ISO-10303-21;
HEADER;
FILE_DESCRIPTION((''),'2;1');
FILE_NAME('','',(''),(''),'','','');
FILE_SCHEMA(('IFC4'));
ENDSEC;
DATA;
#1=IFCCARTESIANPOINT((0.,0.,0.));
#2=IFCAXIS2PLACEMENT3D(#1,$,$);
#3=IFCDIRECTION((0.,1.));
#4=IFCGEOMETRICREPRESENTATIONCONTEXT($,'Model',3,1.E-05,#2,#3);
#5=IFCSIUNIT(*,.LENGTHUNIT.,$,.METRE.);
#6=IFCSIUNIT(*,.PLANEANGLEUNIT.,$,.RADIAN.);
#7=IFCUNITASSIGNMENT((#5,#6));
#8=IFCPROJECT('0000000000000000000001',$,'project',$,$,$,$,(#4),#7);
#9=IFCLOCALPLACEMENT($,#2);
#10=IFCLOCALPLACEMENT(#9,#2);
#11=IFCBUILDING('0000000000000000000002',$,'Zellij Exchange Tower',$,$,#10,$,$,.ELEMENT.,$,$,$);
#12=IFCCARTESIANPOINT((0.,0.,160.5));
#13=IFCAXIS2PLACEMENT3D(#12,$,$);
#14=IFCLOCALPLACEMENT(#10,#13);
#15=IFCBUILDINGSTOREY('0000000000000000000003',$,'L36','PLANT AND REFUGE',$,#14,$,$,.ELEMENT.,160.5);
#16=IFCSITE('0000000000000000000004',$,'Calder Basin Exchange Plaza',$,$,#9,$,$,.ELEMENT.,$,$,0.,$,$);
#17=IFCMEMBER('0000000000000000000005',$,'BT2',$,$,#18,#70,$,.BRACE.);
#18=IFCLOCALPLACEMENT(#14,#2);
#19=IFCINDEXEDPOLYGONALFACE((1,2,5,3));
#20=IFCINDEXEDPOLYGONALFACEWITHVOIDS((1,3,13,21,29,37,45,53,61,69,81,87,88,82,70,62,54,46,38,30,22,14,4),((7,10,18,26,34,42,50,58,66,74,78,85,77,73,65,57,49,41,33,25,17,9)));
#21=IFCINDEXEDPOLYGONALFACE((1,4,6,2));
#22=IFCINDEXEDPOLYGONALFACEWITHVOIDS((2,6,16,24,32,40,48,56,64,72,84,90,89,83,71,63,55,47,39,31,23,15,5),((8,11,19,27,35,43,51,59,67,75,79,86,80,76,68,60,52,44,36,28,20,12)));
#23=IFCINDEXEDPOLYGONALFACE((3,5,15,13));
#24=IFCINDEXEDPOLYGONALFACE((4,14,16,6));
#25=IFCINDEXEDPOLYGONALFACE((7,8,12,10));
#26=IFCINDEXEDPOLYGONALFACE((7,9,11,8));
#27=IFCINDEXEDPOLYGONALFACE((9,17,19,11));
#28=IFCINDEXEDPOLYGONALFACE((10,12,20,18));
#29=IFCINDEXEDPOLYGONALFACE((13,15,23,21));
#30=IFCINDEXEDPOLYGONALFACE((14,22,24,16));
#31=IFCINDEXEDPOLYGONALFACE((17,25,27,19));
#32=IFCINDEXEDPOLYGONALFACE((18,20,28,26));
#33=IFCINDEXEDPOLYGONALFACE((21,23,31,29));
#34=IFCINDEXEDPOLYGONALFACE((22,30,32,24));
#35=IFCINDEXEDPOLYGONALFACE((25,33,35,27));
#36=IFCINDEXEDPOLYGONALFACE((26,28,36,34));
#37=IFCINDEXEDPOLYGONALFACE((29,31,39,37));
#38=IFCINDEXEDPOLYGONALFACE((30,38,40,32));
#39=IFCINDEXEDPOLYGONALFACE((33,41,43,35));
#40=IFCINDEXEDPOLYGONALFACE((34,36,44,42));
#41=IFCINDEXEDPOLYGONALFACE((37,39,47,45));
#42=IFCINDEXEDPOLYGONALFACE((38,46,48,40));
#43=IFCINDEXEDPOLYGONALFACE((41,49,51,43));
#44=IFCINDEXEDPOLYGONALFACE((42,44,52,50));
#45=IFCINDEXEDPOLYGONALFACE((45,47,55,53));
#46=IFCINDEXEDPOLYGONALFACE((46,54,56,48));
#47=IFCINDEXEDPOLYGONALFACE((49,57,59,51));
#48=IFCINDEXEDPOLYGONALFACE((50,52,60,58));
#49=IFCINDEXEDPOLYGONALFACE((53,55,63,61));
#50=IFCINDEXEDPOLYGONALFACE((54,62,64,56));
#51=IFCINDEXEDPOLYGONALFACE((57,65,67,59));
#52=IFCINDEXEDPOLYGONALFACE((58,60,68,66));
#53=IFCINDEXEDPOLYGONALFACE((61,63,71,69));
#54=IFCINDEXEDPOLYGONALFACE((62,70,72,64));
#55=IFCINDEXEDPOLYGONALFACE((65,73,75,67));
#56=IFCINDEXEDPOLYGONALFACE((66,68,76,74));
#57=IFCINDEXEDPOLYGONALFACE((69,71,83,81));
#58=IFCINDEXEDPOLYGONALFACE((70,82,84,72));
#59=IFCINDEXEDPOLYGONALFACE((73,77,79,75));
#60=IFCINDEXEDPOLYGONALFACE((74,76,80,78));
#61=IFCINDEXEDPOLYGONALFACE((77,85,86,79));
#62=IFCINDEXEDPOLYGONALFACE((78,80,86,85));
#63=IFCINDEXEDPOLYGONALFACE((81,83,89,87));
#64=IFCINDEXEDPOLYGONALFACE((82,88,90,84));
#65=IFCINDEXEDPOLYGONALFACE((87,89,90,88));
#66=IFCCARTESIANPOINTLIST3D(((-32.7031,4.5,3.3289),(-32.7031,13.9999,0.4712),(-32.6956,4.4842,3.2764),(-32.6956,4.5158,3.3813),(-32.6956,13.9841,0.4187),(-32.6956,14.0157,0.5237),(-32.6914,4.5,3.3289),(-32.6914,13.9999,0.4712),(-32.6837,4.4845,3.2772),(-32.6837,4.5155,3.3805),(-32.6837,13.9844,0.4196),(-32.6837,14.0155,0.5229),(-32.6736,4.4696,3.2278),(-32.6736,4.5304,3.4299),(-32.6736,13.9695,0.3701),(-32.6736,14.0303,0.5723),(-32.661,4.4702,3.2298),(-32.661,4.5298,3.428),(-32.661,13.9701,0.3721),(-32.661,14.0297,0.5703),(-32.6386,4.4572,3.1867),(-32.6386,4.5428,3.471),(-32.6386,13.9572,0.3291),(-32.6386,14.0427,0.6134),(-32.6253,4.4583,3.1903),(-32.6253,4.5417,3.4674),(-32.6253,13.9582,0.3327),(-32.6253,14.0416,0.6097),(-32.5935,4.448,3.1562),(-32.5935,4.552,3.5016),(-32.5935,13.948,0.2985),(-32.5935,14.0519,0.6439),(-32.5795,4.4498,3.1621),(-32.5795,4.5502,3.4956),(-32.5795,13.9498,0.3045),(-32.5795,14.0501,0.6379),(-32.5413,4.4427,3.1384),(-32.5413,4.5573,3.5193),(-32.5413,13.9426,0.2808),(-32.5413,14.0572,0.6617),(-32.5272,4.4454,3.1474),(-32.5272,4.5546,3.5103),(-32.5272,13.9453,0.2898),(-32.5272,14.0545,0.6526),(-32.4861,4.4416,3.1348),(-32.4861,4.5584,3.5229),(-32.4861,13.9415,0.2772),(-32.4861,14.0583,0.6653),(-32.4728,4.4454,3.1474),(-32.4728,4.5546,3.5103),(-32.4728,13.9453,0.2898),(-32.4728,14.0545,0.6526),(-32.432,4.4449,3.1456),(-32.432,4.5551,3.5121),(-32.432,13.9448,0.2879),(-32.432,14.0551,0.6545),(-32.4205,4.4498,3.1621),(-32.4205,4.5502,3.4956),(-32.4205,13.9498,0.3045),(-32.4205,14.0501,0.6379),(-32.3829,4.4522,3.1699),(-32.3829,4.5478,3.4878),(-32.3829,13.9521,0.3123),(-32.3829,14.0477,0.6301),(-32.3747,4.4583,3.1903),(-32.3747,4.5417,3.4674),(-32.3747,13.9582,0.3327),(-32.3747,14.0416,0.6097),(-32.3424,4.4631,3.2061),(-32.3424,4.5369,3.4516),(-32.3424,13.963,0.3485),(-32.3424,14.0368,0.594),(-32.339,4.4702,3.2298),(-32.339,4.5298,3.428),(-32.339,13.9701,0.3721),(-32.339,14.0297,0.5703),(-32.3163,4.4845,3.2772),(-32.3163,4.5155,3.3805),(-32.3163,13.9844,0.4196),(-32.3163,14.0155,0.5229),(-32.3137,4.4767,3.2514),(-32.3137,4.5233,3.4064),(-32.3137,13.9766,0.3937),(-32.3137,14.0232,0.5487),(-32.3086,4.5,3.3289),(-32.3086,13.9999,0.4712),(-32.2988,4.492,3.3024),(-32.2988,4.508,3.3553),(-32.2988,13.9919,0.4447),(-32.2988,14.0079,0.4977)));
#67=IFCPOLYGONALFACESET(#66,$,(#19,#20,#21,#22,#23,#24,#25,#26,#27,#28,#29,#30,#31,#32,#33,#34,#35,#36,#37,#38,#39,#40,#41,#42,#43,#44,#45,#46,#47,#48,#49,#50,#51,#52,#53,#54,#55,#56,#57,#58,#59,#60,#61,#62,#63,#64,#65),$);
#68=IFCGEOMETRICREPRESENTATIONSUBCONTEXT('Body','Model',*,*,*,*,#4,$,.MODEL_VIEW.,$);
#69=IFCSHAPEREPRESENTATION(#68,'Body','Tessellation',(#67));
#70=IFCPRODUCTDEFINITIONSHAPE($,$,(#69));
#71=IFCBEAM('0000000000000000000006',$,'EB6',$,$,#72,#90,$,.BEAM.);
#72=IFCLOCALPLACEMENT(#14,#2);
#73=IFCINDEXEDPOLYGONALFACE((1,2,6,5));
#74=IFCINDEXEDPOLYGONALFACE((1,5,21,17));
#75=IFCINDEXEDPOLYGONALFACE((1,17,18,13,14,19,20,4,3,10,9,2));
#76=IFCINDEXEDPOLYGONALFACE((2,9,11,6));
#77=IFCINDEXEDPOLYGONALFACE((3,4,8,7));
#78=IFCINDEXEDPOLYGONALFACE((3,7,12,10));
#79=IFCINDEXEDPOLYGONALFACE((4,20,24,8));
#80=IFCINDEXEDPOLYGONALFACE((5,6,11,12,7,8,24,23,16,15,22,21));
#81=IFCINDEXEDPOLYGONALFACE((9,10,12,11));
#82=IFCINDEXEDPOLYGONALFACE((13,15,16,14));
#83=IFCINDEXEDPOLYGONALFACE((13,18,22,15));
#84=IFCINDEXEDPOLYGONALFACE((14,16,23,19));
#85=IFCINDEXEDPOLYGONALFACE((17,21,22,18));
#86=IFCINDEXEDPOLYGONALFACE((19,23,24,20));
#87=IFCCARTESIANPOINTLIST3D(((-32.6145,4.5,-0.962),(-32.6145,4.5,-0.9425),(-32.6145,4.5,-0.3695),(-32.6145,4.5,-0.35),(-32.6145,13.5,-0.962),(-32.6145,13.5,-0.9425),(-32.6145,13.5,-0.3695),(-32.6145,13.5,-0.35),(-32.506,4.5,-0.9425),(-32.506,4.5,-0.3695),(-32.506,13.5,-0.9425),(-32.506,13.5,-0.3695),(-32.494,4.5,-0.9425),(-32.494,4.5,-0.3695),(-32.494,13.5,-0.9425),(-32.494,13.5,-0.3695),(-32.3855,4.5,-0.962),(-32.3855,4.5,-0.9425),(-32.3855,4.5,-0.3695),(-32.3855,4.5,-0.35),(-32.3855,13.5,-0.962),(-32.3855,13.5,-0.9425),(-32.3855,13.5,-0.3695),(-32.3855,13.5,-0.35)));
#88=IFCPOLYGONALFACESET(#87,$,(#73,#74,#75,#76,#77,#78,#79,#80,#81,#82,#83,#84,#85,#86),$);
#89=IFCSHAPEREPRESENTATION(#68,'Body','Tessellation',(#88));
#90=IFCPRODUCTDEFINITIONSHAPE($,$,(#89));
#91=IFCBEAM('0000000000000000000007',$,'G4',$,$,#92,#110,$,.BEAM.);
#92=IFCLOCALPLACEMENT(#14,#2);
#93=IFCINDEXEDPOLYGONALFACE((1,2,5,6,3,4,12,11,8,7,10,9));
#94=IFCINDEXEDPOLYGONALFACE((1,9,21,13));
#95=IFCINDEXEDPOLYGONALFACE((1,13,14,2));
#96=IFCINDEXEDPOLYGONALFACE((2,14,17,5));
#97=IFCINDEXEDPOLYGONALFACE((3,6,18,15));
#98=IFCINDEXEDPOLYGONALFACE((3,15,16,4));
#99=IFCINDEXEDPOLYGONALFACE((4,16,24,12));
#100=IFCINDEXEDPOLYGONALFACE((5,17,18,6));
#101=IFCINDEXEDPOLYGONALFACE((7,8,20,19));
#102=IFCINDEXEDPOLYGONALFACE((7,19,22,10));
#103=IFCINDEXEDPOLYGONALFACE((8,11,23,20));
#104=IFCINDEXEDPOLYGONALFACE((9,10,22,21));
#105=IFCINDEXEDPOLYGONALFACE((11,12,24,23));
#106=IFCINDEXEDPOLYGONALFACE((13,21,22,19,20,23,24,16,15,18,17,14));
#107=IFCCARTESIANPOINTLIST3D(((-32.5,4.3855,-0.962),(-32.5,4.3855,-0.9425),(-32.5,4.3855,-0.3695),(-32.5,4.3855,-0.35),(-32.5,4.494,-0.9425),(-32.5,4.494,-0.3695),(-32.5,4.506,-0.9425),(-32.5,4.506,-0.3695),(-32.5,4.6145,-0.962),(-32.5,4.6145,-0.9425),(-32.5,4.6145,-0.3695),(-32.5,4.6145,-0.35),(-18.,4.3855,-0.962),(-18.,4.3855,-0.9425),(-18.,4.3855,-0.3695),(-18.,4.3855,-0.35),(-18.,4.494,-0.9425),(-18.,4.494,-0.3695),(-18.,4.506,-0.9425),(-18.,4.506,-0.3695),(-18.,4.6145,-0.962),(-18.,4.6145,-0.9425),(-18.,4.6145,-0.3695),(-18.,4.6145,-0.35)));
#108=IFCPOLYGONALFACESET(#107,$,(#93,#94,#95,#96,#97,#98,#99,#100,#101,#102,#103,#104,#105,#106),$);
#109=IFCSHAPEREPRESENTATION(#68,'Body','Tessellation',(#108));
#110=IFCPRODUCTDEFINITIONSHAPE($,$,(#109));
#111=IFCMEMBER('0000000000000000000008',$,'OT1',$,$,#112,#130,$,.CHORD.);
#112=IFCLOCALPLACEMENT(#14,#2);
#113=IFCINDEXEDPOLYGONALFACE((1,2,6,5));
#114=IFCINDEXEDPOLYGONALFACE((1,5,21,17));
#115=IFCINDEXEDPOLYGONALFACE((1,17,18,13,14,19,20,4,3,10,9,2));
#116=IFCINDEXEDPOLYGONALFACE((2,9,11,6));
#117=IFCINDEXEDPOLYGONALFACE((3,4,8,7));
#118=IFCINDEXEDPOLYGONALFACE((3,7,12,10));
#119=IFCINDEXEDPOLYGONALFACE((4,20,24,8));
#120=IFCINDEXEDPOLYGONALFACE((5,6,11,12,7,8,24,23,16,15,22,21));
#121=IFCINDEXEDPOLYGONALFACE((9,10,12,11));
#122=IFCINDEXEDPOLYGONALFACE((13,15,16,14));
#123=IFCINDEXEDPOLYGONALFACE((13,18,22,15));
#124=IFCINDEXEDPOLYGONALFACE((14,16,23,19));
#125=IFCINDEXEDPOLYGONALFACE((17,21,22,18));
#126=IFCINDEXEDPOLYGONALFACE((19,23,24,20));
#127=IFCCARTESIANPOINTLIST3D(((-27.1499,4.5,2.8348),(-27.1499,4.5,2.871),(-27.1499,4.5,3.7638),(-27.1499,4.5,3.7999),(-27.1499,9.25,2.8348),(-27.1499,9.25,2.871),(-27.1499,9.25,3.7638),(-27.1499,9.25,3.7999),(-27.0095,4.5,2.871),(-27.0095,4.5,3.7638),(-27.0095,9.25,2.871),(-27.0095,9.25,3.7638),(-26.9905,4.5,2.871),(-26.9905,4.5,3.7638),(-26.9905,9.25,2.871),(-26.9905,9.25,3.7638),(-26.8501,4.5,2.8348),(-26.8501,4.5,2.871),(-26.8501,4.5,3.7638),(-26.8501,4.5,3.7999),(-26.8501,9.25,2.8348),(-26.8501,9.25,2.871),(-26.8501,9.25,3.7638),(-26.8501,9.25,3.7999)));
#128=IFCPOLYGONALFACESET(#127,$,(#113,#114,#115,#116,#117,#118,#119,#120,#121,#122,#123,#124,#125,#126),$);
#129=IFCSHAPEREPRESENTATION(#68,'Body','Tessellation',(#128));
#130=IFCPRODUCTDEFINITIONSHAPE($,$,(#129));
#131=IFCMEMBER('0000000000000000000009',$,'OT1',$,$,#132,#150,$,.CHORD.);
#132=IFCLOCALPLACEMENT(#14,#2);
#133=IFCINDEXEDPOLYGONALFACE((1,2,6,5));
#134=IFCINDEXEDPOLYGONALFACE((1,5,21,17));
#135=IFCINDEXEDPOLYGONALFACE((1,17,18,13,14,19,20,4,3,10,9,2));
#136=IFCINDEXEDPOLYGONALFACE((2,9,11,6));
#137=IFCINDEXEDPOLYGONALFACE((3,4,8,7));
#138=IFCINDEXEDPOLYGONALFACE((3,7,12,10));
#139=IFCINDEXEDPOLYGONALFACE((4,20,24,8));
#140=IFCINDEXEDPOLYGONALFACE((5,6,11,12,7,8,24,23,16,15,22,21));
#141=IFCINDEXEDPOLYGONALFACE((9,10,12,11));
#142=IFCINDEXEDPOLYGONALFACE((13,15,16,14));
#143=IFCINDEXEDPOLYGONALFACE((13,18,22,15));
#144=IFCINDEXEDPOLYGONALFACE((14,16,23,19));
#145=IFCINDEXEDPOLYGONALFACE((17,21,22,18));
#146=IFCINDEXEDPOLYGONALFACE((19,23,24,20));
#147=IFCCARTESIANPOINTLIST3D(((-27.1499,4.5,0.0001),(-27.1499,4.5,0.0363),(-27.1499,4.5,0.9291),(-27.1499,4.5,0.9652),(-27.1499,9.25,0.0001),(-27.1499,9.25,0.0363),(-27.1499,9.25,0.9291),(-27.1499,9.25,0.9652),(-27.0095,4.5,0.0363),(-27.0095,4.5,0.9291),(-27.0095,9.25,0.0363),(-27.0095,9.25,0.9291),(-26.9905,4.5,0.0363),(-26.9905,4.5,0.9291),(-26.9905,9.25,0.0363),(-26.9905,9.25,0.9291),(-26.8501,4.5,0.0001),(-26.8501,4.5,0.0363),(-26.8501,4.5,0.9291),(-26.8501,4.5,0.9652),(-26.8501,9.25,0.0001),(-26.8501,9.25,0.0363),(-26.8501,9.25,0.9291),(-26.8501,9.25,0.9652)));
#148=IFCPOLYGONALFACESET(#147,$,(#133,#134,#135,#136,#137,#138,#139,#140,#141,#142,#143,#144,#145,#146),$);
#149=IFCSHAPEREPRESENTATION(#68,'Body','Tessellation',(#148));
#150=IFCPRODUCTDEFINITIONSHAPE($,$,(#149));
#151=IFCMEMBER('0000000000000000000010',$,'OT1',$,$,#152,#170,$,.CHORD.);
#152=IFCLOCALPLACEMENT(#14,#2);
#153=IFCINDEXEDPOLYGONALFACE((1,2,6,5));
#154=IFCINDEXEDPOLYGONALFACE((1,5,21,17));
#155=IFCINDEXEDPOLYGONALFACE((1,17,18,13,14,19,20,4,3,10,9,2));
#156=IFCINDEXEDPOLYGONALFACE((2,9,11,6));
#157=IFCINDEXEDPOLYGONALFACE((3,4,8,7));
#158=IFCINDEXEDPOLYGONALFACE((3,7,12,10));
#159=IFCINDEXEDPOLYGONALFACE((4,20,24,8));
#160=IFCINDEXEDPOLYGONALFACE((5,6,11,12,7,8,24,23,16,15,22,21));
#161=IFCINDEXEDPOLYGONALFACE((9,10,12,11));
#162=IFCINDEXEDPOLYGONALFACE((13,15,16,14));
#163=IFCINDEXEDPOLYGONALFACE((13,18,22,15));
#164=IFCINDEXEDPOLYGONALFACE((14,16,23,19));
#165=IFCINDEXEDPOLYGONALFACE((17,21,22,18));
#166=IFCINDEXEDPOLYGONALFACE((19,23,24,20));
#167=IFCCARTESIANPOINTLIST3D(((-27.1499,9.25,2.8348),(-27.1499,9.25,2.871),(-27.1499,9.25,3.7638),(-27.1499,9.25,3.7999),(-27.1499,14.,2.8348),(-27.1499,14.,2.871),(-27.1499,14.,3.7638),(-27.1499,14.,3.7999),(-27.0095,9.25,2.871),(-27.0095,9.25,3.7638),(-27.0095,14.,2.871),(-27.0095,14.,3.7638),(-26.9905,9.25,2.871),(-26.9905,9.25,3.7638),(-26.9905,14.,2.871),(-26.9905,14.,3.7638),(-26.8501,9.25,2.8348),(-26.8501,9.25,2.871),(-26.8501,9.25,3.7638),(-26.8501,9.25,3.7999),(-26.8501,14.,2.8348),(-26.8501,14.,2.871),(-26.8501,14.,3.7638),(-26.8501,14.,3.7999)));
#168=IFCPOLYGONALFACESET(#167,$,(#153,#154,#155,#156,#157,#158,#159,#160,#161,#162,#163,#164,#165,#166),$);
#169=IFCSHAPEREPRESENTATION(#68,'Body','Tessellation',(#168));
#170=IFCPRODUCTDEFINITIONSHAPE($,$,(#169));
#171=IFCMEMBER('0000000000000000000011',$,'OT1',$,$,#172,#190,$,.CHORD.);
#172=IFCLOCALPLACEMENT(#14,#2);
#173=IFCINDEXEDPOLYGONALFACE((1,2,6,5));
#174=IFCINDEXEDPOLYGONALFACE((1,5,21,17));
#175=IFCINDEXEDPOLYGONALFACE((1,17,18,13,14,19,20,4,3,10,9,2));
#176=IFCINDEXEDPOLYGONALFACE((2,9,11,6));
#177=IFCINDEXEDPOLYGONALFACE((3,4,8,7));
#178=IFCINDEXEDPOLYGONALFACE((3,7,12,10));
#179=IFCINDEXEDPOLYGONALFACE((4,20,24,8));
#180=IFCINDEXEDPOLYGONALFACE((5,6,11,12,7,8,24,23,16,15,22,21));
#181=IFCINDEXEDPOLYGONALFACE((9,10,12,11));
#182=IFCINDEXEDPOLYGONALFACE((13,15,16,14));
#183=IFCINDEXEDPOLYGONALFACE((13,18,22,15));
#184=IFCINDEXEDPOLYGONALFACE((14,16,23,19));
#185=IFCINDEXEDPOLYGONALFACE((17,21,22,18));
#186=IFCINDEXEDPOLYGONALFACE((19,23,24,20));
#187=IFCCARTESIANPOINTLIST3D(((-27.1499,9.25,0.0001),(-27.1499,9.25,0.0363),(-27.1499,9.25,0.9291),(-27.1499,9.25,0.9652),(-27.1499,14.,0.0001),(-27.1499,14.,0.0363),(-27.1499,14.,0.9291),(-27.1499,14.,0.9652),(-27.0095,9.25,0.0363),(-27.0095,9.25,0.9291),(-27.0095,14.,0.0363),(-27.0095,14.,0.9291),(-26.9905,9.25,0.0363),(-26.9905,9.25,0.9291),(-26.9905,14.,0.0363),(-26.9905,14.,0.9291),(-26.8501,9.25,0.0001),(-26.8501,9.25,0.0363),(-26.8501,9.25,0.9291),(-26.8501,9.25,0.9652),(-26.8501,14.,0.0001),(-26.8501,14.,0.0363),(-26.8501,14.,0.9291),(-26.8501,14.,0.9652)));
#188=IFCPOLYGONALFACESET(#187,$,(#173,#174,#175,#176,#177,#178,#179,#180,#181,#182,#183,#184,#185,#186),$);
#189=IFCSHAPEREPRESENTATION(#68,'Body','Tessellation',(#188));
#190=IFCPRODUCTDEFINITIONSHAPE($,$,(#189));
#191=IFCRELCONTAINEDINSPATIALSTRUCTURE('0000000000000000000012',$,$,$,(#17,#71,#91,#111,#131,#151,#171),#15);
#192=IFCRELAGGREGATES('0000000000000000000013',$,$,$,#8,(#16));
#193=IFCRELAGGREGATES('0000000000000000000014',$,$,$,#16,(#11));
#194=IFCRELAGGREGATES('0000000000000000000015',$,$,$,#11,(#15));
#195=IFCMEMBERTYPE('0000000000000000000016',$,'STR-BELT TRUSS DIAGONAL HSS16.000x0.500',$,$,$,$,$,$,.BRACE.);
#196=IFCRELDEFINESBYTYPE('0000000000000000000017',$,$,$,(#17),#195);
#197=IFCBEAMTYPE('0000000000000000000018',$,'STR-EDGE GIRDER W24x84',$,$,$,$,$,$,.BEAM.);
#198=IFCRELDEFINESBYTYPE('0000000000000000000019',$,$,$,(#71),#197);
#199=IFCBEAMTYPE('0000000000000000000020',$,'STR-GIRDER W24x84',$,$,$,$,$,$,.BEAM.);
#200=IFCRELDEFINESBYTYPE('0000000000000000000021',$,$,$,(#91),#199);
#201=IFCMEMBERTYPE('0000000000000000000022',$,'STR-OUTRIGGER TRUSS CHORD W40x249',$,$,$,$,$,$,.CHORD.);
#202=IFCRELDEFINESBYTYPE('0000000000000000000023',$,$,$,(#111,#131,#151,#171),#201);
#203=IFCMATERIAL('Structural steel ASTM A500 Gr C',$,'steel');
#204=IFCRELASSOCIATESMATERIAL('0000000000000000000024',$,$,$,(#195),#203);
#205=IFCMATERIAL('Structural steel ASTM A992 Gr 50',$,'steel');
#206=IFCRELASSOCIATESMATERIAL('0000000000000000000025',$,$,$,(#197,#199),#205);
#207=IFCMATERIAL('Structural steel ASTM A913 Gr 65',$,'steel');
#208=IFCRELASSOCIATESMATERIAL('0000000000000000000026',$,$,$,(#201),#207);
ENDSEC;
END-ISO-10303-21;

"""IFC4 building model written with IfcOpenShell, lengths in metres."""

from ifc_helpers import new_model, si_unit, direction, frame, origin, origin_2d, place, context, subcontext, project, spatial, hollow_circle, i_section, extrude, material, material_profile, profile_set, type_object, element, save


model = new_model("IFC4")

# Units and contexts
model_context = context("Model", 3, precision=1e-05, world=origin(), true_north=direction((0.0, 1.0)))
body_context = subcontext(model_context, "Body", "Model", "MODEL_VIEW")
ifc_project = project(units=[si_unit("LENGTHUNIT", "METRE"), si_unit("PLANEANGLEUNIT", "RADIAN")], contexts=[model_context])

# Site, building, storey
site_placement = place(None, origin())
site = spatial("IfcSite", under=ifc_project, at=site_placement, Name="Calder Basin Exchange Plaza", CompositionType="ELEMENT", RefElevation=0.0)
building_placement = place(site_placement, origin())
building = spatial("IfcBuilding", under=site, at=building_placement, Name="Zellij Exchange Tower", CompositionType="ELEMENT")
storey_placement = place(building_placement, frame((0.0, 0.0, 160.5)))
storey = spatial("IfcBuildingStorey", under=building, at=storey_placement, Name="L36", Description="PLANT AND REFUGE", CompositionType="ELEMENT", Elevation=160.5)

# Shared definitions
ifc_material_1 = material(Name="Structural steel ASTM A913 Gr 65", Category="steel")

# Shared definitions
ifc_material_2 = material(Name="Structural steel ASTM A992 Gr 50", Category="steel")

# Member
ifc_material_3 = material(Name="Structural steel ASTM A500 Gr C", Category="steel")
ifc_material_profile_1 = material_profile(ifc_material_3, hollow_circle(Radius=0.2031, WallThickness=0.0117, at=origin_2d()), Name="STR-BELT TRUSS DIAGONAL HSS16.000x0.500")
ifc_profile_set_1 = profile_set([ifc_material_profile_1], Name="Structural steel ASTM A500 Gr C")
member_type_1 = type_object("IfcMemberType", Name="STR-BELT TRUSS DIAGONAL HSS16.000x0.500", PredefinedType="BRACE", material=ifc_profile_set_1)
member_1_placement = place(storey_placement, frame((-32.5, 4.5, 3.3289), z_axis=(0.0, 0.957613, -0.288057), x_axis=(-1.0, 0.0, 0.0)))
element("IfcMember", 1, at=member_1_placement, inside=storey, type_object=member_type_1, Name="BT2", PredefinedType="BRACE", context=body_context, shape_type="SweptSolid", body=[
    extrude(hollow_circle(Radius=0.2031, WallThickness=0.0117, at=origin_2d()), origin(), (0.0, 0.0, 1.0), 9.9204),
])

# Beams
ifc_material_profile_2 = material_profile(ifc_material_2, i_section(OverallWidth=0.229, OverallDepth=0.6121, WebThickness=0.012, FlangeThickness=0.0195, at=origin_2d()), Name="W24x84")
ifc_profile_set_2 = profile_set([ifc_material_profile_2], Name="Structural steel ASTM A992 Gr 50")
beam_type_1 = type_object("IfcBeamType", Name="STR-EDGE GIRDER W24x84", PredefinedType="BEAM", material=ifc_profile_set_2)
beam_1_placement = place(storey_placement, frame((-32.5, 4.5, -0.656), z_axis=(0.0, 1.0, 0.0), x_axis=(-1.0, 0.0, 0.0)))
element("IfcBeam", 2, at=beam_1_placement, inside=storey, type_object=beam_type_1, Name="EB6", PredefinedType="BEAM", context=body_context, shape_type="SweptSolid", body=[
    extrude(i_section(OverallWidth=0.229, OverallDepth=0.6121, WebThickness=0.012, FlangeThickness=0.0195, at=origin_2d()), origin(), (0.0, 0.0, 1.0), 9.0),
])
ifc_material_profile_3 = material_profile(ifc_material_2, i_section(OverallWidth=0.229, OverallDepth=0.6121, WebThickness=0.012, FlangeThickness=0.0195, at=origin_2d()), Name="W24x84")
ifc_profile_set_3 = profile_set([ifc_material_profile_3], Name="Structural steel ASTM A992 Gr 50")
beam_type_2 = type_object("IfcBeamType", Name="STR-GIRDER W24x84", PredefinedType="BEAM", material=ifc_profile_set_3)
beam_2_placement = place(storey_placement, frame((-32.5, 4.5, -0.656), z_axis=(1.0, 0.0, 0.0), x_axis=(0.0, 1.0, 0.0)))
element("IfcBeam", 3, at=beam_2_placement, inside=storey, type_object=beam_type_2, Name="G4", PredefinedType="BEAM", context=body_context, shape_type="SweptSolid", body=[
    extrude(i_section(OverallWidth=0.229, OverallDepth=0.6121, WebThickness=0.012, FlangeThickness=0.0195, at=origin_2d()), origin(), (0.0, 0.0, 1.0), 14.5),
])

# Members
ifc_material_profile_4 = material_profile(ifc_material_1, i_section(OverallWidth=0.2998, OverallDepth=0.9651, WebThickness=0.019, FlangeThickness=0.0361, at=origin_2d()), Name="W40x249")
ifc_profile_set_4 = profile_set([ifc_material_profile_4], Name="Structural steel ASTM A913 Gr 65")
member_type_2 = type_object("IfcMemberType", Name="STR-OUTRIGGER TRUSS CHORD W40x249", PredefinedType="CHORD", material=ifc_profile_set_4)
for number, where, z_axis, x_axis, name in (
    (4, (-27.0, 4.5, 3.3174), (0.0, 1.0, 0.0), (-1.0, 0.0, 0.0), "OT1"),
    (5, (-27.0, 4.5, 0.4827), (0.0, 1.0, 0.0), (-1.0, 0.0, 0.0), "OT1"),
    (6, (-27.0, 9.25, 3.3174), (0.0, 1.0, 0.0), (-1.0, 0.0, 0.0), "OT1"),
    (7, (-27.0, 9.25, 0.4827), (0.0, 1.0, 0.0), (-1.0, 0.0, 0.0), "OT1"),
):
    element("IfcMember", number, at=place(storey_placement, frame(where, z_axis=z_axis, x_axis=x_axis)), inside=storey, type_object=member_type_2, Name=name, PredefinedType="CHORD", context=body_context, shape_type="SweptSolid", body=[
        extrude(i_section(OverallWidth=0.2998, OverallDepth=0.9651, WebThickness=0.019, FlangeThickness=0.0361, at=origin_2d()), origin(), (0.0, 0.0, 1.0), 4.75),
    ])

save(model, "model.ifc")
